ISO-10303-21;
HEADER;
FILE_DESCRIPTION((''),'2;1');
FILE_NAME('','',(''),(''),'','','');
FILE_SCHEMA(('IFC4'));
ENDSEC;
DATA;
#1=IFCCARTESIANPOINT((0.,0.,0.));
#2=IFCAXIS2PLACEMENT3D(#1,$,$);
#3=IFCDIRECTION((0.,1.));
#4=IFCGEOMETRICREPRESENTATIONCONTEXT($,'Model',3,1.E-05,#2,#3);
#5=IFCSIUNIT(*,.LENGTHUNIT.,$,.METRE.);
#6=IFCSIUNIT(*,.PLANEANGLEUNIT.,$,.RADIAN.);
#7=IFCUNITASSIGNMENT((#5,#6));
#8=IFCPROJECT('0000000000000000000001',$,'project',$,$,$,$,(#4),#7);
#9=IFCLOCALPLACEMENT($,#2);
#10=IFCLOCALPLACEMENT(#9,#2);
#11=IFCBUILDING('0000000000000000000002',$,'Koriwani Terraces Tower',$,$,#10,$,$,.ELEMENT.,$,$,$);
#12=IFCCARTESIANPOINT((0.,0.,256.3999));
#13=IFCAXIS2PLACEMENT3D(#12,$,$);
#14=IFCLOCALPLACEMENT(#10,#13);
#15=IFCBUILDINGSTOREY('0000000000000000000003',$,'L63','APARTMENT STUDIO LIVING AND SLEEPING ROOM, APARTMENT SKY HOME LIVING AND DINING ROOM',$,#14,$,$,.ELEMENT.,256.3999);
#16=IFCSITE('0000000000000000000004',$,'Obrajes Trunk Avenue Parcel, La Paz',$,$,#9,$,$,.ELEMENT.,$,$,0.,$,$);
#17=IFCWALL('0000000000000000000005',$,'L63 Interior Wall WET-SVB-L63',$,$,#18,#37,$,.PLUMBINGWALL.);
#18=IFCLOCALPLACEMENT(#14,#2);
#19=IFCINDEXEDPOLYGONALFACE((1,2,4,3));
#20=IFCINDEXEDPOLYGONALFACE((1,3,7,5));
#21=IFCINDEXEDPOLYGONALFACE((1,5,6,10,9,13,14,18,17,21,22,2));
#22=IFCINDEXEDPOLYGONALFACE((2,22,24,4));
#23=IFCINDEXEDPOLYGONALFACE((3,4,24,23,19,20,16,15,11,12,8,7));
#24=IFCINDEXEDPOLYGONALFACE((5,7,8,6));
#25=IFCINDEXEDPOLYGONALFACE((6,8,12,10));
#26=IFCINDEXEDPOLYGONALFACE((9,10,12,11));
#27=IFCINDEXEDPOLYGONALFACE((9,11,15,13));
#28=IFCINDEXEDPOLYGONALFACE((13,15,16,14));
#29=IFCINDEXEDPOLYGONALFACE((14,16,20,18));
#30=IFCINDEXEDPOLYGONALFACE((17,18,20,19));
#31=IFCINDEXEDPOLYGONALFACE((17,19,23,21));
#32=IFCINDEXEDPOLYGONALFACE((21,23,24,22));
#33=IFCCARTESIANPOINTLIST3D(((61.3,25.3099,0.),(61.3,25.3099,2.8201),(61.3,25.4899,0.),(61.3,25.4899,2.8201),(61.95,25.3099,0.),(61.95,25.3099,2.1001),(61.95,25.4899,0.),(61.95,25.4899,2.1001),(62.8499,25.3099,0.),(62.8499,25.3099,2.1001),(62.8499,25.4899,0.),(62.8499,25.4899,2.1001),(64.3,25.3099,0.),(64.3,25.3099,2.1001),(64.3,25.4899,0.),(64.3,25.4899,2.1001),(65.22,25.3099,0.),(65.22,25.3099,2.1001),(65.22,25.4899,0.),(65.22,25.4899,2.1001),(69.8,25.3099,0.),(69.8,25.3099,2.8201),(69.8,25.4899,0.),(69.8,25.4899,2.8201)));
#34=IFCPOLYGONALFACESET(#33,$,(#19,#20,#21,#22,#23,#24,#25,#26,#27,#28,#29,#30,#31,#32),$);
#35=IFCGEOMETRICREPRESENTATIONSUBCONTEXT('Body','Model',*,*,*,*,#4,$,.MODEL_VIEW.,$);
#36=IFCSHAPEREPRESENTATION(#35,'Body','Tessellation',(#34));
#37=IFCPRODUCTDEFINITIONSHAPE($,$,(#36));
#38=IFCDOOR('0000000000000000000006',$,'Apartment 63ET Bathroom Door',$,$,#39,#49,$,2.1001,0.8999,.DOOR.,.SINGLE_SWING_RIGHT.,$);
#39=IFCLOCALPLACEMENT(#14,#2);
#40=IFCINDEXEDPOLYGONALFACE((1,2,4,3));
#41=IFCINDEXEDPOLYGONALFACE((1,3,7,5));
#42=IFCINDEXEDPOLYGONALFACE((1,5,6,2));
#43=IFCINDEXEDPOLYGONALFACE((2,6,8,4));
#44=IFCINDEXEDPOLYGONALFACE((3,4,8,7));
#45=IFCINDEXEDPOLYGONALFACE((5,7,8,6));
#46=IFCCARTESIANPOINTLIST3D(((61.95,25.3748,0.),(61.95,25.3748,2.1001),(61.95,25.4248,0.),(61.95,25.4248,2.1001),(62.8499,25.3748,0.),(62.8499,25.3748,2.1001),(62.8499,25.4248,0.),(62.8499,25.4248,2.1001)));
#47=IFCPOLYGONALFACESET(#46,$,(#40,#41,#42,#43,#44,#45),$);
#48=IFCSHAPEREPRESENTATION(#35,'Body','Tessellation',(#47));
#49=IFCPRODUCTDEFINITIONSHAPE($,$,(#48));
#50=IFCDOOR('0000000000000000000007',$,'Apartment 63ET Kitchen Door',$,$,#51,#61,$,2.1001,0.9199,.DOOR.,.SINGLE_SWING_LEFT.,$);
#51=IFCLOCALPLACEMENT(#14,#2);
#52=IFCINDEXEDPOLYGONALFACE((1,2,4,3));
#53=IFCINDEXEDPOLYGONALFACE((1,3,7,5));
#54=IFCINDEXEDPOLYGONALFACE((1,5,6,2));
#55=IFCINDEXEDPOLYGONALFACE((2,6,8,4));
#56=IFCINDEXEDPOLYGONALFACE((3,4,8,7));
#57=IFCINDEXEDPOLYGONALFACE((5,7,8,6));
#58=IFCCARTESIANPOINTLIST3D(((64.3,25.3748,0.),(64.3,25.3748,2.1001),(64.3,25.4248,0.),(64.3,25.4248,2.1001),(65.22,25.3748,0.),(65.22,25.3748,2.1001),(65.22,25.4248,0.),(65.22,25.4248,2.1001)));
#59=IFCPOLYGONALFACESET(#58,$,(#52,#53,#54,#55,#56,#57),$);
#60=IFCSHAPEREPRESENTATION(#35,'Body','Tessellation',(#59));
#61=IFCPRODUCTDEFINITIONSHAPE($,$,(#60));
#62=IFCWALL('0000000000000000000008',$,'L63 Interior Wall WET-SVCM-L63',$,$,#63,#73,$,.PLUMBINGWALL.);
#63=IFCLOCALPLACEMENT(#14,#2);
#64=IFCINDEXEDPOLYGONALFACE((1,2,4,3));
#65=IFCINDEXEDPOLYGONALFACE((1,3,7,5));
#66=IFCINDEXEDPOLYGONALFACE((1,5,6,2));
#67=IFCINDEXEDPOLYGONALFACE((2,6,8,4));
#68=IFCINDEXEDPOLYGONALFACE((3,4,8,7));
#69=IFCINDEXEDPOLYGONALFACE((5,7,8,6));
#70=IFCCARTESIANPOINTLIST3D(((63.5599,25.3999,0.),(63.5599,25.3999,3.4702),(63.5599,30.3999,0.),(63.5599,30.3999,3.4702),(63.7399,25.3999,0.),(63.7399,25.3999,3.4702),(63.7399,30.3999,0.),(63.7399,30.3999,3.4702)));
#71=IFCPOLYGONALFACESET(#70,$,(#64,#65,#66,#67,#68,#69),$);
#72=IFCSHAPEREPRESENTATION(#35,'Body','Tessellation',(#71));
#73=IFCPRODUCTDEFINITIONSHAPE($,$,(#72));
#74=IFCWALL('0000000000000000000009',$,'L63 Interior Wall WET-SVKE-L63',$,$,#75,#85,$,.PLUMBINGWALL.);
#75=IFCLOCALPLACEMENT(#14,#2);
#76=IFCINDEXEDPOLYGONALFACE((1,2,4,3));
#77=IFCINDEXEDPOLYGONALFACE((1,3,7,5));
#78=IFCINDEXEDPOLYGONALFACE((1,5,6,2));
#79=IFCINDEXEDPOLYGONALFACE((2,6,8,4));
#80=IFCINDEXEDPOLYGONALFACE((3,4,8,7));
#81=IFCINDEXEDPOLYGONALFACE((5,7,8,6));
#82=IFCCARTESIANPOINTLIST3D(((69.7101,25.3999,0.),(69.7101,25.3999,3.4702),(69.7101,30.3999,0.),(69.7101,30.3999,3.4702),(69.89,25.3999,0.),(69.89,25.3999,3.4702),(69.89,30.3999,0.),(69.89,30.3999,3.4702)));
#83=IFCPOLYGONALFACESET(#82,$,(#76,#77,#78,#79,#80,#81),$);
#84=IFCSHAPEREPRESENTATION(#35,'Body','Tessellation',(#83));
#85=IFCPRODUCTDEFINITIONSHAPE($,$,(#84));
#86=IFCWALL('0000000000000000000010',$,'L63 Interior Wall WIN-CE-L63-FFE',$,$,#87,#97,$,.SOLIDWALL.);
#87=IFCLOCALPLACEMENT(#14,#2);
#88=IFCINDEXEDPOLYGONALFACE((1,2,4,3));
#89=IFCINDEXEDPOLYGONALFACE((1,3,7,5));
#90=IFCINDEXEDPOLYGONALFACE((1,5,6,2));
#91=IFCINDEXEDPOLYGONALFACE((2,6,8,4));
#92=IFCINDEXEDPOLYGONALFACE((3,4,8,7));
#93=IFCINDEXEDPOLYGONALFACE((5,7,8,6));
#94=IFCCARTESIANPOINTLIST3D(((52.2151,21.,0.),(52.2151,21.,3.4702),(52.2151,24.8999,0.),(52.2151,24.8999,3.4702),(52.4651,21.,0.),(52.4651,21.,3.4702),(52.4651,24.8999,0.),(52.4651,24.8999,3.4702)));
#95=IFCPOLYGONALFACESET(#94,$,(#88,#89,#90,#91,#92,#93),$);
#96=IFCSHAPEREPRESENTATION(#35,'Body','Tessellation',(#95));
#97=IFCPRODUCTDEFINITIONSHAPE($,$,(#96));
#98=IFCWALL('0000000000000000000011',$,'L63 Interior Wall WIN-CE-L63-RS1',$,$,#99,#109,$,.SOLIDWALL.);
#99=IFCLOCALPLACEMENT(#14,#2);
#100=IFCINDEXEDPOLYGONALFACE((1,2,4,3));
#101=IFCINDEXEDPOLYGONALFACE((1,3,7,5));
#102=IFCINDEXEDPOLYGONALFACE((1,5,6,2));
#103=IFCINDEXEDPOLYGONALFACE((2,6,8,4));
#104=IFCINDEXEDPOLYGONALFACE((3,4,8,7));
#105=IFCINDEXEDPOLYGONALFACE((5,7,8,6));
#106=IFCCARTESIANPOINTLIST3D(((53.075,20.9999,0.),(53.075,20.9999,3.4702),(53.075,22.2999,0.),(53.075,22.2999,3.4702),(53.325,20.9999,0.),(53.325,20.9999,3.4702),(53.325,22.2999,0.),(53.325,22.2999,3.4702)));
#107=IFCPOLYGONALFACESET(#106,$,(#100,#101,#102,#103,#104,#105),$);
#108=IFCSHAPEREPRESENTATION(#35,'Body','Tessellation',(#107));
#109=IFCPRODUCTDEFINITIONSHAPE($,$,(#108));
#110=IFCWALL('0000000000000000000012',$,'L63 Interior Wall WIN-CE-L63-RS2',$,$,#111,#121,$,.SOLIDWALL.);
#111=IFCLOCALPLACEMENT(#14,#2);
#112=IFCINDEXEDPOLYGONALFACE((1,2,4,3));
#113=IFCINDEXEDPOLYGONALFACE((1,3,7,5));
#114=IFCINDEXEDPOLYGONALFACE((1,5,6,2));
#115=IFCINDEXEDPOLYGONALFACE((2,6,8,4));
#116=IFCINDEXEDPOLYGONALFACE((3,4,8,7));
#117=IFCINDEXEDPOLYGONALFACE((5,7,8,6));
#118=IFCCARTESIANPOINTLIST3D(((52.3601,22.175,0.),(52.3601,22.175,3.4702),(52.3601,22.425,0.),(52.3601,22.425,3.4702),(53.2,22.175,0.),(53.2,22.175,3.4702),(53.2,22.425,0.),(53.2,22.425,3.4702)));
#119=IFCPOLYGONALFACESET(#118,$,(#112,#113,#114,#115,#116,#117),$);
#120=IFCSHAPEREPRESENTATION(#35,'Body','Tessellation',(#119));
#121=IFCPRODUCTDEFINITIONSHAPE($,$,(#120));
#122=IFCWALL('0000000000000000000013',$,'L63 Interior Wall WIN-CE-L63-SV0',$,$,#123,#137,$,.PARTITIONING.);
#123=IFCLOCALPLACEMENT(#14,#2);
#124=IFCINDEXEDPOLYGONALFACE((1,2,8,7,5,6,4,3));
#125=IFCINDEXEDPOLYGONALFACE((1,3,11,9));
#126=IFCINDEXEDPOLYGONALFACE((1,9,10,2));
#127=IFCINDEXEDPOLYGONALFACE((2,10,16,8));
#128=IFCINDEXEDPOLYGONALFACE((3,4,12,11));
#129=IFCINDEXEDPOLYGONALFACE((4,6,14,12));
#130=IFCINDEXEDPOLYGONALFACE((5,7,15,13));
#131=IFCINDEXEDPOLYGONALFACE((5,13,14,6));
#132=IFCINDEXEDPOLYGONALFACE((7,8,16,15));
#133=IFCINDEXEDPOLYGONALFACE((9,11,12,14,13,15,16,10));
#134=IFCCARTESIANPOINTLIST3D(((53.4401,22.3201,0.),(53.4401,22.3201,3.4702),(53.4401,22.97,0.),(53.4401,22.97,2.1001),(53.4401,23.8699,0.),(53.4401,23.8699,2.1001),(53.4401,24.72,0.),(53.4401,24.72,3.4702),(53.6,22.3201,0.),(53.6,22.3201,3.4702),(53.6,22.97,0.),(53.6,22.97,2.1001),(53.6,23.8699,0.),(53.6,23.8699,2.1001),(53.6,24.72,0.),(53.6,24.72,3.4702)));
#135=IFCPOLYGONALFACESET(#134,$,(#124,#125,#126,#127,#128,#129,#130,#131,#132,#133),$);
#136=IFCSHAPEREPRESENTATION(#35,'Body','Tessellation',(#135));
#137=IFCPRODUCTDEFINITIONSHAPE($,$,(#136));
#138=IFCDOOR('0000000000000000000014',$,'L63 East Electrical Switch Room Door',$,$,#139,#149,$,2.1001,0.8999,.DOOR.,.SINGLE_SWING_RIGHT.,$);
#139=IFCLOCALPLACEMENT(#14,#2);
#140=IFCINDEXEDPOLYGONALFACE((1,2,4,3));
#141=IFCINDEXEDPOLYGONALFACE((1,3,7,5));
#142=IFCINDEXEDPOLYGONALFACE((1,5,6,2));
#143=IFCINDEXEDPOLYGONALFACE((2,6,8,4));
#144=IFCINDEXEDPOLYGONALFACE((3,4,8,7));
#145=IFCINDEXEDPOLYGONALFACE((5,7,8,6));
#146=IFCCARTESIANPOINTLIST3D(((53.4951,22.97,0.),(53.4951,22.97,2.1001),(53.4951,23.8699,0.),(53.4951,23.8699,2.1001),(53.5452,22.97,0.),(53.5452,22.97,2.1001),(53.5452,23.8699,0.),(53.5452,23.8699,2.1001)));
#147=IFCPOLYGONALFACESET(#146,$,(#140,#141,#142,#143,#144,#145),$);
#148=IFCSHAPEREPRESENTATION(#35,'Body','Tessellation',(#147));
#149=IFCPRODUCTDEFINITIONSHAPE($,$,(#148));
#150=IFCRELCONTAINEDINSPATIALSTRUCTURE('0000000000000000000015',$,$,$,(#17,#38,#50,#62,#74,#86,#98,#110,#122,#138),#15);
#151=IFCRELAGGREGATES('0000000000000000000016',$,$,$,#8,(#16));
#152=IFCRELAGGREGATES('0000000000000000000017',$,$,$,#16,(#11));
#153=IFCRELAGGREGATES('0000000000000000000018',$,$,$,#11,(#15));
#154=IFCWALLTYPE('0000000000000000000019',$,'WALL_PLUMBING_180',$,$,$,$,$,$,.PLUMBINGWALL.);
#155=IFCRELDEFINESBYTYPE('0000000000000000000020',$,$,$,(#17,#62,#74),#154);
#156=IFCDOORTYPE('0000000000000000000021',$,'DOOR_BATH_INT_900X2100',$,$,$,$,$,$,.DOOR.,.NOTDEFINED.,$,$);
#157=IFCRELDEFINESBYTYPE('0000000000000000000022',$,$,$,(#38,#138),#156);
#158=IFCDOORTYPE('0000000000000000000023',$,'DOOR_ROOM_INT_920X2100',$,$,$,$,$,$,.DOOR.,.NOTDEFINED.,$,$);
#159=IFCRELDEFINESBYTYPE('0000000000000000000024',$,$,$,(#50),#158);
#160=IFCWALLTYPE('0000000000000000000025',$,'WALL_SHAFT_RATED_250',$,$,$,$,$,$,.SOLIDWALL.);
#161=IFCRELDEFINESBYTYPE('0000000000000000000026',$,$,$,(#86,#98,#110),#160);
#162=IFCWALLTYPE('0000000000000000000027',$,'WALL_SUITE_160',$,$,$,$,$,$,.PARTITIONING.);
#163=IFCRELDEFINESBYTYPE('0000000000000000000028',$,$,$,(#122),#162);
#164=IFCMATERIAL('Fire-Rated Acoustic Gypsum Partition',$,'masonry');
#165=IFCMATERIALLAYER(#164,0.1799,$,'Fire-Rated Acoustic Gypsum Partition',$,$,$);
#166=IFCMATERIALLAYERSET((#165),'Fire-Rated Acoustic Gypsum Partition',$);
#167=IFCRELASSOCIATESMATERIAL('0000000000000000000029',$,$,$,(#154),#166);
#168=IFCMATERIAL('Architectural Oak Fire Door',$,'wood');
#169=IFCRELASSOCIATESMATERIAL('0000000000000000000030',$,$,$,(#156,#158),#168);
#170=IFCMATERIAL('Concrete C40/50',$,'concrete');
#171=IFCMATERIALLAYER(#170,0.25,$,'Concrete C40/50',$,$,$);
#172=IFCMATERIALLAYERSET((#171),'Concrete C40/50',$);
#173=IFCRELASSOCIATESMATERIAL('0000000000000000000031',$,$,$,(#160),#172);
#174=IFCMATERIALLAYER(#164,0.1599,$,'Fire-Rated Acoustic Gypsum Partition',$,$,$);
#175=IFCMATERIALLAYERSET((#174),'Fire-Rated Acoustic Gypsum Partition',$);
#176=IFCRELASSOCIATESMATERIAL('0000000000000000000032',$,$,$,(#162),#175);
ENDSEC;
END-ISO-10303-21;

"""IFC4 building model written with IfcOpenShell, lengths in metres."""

from ifc_helpers import new_model, si_unit, direction, frame, frame_2d, origin, place, context, subcontext, project, spatial, rectangle, extrude, material, layer, layer_set, type_object, element, fill, save


model = new_model("IFC4")

# Units and contexts
model_context = context("Model", 3, precision=1e-05, world=origin(), true_north=direction((0.0, 1.0)))
body_context = subcontext(model_context, "Body", "Model", "MODEL_VIEW")
ifc_project = project(units=[si_unit("LENGTHUNIT", "METRE"), si_unit("PLANEANGLEUNIT", "RADIAN")], contexts=[model_context])

# Site, building, storey
site_placement = place(None, origin())
site = spatial("IfcSite", under=ifc_project, at=site_placement, Name="Obrajes Trunk Avenue Parcel, La Paz", CompositionType="ELEMENT", RefElevation=0.0)
building_placement = place(site_placement, origin())
building = spatial("IfcBuilding", under=site, at=building_placement, Name="Koriwani Terraces Tower", CompositionType="ELEMENT")
storey_placement = place(building_placement, frame((0.0, 0.0, 256.3999)))
storey = spatial("IfcBuildingStorey", under=building, at=storey_placement, Name="L63", Description="APARTMENT STUDIO LIVING AND SLEEPING ROOM, APARTMENT SKY HOME LIVING AND DINING ROOM", CompositionType="ELEMENT", Elevation=256.3999)

# Wall, openings, doors
ifc_material_1 = material(Name="Fire-Rated Acoustic Gypsum Partition", Category="masonry")
ifc_layer_1 = layer(ifc_material_1, 0.1799, Name="Fire-Rated Acoustic Gypsum Partition")
ifc_layer_set_1 = layer_set([ifc_layer_1], Name="Fire-Rated Acoustic Gypsum Partition")
wall_type_1 = type_object("IfcWallType", Name="WALL_PLUMBING_180", PredefinedType="PLUMBINGWALL", material=ifc_layer_set_1)
wall_1_placement = place(storey_placement, frame((61.3, 25.3999, 0.0), z_axis=(0.0, 0.0, 1.0), x_axis=(1.0, 0.0, 0.0)))
wall_1 = element("IfcWall", 1, at=wall_1_placement, inside=storey, type_object=wall_type_1, Name="L63 Interior Wall WET-SVB-L63", PredefinedType="PLUMBINGWALL", context=body_context, shape_type="SweptSolid", body=[
    extrude(rectangle(XDim=8.5, YDim=0.1799, at=frame_2d((4.25, 0.0))), origin(), (0.0, 0.0, 1.0), 2.8201),
])
opening_1_placement = place(wall_1_placement, frame((0.6499, 0.0, 0.0)))
opening_1 = element("IfcOpeningElement", 2, at=opening_1_placement, cuts=wall_1, PredefinedType="OPENING", context=body_context, shape_type="SweptSolid", body=[
    extrude(rectangle(XDim=0.8999, YDim=2.1001, at=frame_2d((0.45, 1.05))), frame((0.0, 0.1001, 0.0), z_axis=(0.0, -1.0, 0.0), x_axis=(1.0, 0.0, 0.0)), (0.0, 0.0, 1.0), 0.2),
])
opening_2_placement = place(wall_1_placement, frame((3.0, 0.0, 0.0)))
opening_2 = element("IfcOpeningElement", 3, at=opening_2_placement, cuts=wall_1, PredefinedType="OPENING", context=body_context, shape_type="SweptSolid", body=[
    extrude(rectangle(XDim=0.9199, YDim=2.1001, at=frame_2d((0.46, 1.05))), frame((0.0, 0.1001, 0.0), z_axis=(0.0, -1.0, 0.0), x_axis=(1.0, 0.0, 0.0)), (0.0, 0.0, 1.0), 0.2),
])
ifc_material_2 = material(Name="Architectural Oak Fire Door", Category="wood")
door_type_1 = type_object("IfcDoorType", Name="DOOR_BATH_INT_900X2100", OperationType="NOTDEFINED", PredefinedType="DOOR", material=ifc_material_2)
door_1_placement = place(opening_1_placement, origin())
door_1 = element("IfcDoor", 4, at=door_1_placement, inside=storey, type_object=door_type_1, Name="Apartment 63ET Bathroom Door", OperationType="SINGLE_SWING_RIGHT", OverallHeight=2.1001, OverallWidth=0.8999, PredefinedType="DOOR", context=body_context, shape_type="SweptSolid", body=[
    extrude(rectangle(XDim=0.8999, YDim=2.1001, at=frame_2d((0.45, 1.05))), frame((0.0, 0.0249, 0.0), z_axis=(0.0, -1.0, 0.0), x_axis=(1.0, 0.0, 0.0)), (0.0, 0.0, 1.0), 0.05),
])
fill(opening_1, door_1)
door_type_2 = type_object("IfcDoorType", Name="DOOR_ROOM_INT_920X2100", OperationType="NOTDEFINED", PredefinedType="DOOR", material=ifc_material_2)
door_2_placement = place(opening_2_placement, origin())
door_2 = element("IfcDoor", 5, at=door_2_placement, inside=storey, type_object=door_type_2, Name="Apartment 63ET Kitchen Door", OperationType="SINGLE_SWING_LEFT", OverallHeight=2.1001, OverallWidth=0.9199, PredefinedType="DOOR", context=body_context, shape_type="SweptSolid", body=[
    extrude(rectangle(XDim=0.9199, YDim=2.1001, at=frame_2d((0.46, 1.05))), frame((0.0, 0.0249, 0.0), z_axis=(0.0, -1.0, 0.0), x_axis=(1.0, 0.0, 0.0)), (0.0, 0.0, 1.0), 0.05),
])
fill(opening_2, door_2)

# Walls
for number, where, z_axis, x_axis, name in (
    (6, (63.6499, 25.3999, 0.0), (0.0, 0.0, 1.0), (0.0, 1.0, 0.0), "L63 Interior Wall WET-SVCM-L63"),
    (7, (69.8, 25.3999, 0.0), (0.0, 0.0, 1.0), (0.0, 1.0, 0.0), "L63 Interior Wall WET-SVKE-L63"),
):
    element("IfcWall", number, at=place(storey_placement, frame(where, z_axis=z_axis, x_axis=x_axis)), inside=storey, type_object=wall_type_1, Name=name, PredefinedType="PLUMBINGWALL", context=body_context, shape_type="SweptSolid", body=[
        extrude(rectangle(XDim=5.0, YDim=0.1799, at=frame_2d((2.5, 0.0))), origin(), (0.0, 0.0, 1.0), 3.4702),
    ])

# Shared definitions
ifc_material_3 = material(Name="Concrete C40/50", Category="concrete")
ifc_layer_2 = layer(ifc_material_3, 0.25, Name="Concrete C40/50")
ifc_layer_set_2 = layer_set([ifc_layer_2], Name="Concrete C40/50")
wall_type_2 = type_object("IfcWallType", Name="WALL_SHAFT_RATED_250", PredefinedType="SOLIDWALL", material=ifc_layer_set_2)

# Wall
wall_2_placement = place(storey_placement, frame((52.3401, 21.0, 0.0), z_axis=(0.0, 0.0, 1.0), x_axis=(0.0, 1.0, 0.0)))
element("IfcWall", 8, at=wall_2_placement, inside=storey, type_object=wall_type_2, Name="L63 Interior Wall WIN-CE-L63-FFE", PredefinedType="SOLIDWALL", context=body_context, shape_type="SweptSolid", body=[
    extrude(rectangle(XDim=3.8999, YDim=0.25, at=frame_2d((1.95, 0.0))), origin(), (0.0, 0.0, 1.0), 3.4702),
])

# Walls
wall_3_placement = place(storey_placement, frame((53.2, 21.0, 0.0), z_axis=(0.0, 0.0, 1.0), x_axis=(0.0, 1.0, 0.0)))
element("IfcWall", 9, at=wall_3_placement, inside=storey, type_object=wall_type_2, Name="L63 Interior Wall WIN-CE-L63-RS1", PredefinedType="SOLIDWALL", context=body_context, shape_type="SweptSolid", body=[
    extrude(rectangle(XDim=1.3, YDim=0.25, at=frame_2d((0.6499, 0.0))), origin(), (0.0, 0.0, 1.0), 3.4702),
])
wall_4_placement = place(storey_placement, frame((52.3601, 22.3, 0.0), z_axis=(0.0, 0.0, 1.0), x_axis=(1.0, 0.0, 0.0)))
element("IfcWall", 10, at=wall_4_placement, inside=storey, type_object=wall_type_2, Name="L63 Interior Wall WIN-CE-L63-RS2", PredefinedType="SOLIDWALL", context=body_context, shape_type="SweptSolid", body=[
    extrude(rectangle(XDim=0.8398, YDim=0.25, at=frame_2d((0.4199, 0.0))), origin(), (0.0, 0.0, 1.0), 3.4702),
])

# Wall, opening, door
ifc_layer_3 = layer(ifc_material_1, 0.1599, Name="Fire-Rated Acoustic Gypsum Partition")
ifc_layer_set_3 = layer_set([ifc_layer_3], Name="Fire-Rated Acoustic Gypsum Partition")
wall_type_3 = type_object("IfcWallType", Name="WALL_SUITE_160", PredefinedType="PARTITIONING", material=ifc_layer_set_3)
wall_5_placement = place(storey_placement, frame((53.52, 22.3201, 0.0), z_axis=(0.0, 0.0, 1.0), x_axis=(0.0, 1.0, 0.0)))
wall_5 = element("IfcWall", 11, at=wall_5_placement, inside=storey, type_object=wall_type_3, Name="L63 Interior Wall WIN-CE-L63-SV0", PredefinedType="PARTITIONING", context=body_context, shape_type="SweptSolid", body=[
    extrude(rectangle(XDim=2.3999, YDim=0.1599, at=frame_2d((1.2, 0.0))), origin(), (0.0, 0.0, 1.0), 3.4702),
])
opening_3_placement = place(wall_5_placement, frame((0.6499, 0.0, 0.0)))
opening_3 = element("IfcOpeningElement", 12, at=opening_3_placement, cuts=wall_5, PredefinedType="OPENING", context=body_context, shape_type="SweptSolid", body=[
    extrude(rectangle(XDim=0.8999, YDim=2.1001, at=frame_2d((0.45, 1.05))), frame((0.0, 0.0898, 0.0), z_axis=(0.0, -1.0, 0.0), x_axis=(1.0, 0.0, 0.0)), (0.0, 0.0, 1.0), 0.1799),
])
door_3_placement = place(opening_3_placement, origin())
door_3 = element("IfcDoor", 13, at=door_3_placement, inside=storey, type_object=door_type_1, Name="L63 East Electrical Switch Room Door", OperationType="SINGLE_SWING_RIGHT", OverallHeight=2.1001, OverallWidth=0.8999, PredefinedType="DOOR", context=body_context, shape_type="SweptSolid", body=[
    extrude(rectangle(XDim=0.8999, YDim=2.1001, at=frame_2d((0.45, 1.05))), frame((0.0, 0.0249, 0.0), z_axis=(0.0, -1.0, 0.0), x_axis=(1.0, 0.0, 0.0)), (0.0, 0.0, 1.0), 0.05),
])
fill(opening_3, door_3)

save(model, "model.ifc")
